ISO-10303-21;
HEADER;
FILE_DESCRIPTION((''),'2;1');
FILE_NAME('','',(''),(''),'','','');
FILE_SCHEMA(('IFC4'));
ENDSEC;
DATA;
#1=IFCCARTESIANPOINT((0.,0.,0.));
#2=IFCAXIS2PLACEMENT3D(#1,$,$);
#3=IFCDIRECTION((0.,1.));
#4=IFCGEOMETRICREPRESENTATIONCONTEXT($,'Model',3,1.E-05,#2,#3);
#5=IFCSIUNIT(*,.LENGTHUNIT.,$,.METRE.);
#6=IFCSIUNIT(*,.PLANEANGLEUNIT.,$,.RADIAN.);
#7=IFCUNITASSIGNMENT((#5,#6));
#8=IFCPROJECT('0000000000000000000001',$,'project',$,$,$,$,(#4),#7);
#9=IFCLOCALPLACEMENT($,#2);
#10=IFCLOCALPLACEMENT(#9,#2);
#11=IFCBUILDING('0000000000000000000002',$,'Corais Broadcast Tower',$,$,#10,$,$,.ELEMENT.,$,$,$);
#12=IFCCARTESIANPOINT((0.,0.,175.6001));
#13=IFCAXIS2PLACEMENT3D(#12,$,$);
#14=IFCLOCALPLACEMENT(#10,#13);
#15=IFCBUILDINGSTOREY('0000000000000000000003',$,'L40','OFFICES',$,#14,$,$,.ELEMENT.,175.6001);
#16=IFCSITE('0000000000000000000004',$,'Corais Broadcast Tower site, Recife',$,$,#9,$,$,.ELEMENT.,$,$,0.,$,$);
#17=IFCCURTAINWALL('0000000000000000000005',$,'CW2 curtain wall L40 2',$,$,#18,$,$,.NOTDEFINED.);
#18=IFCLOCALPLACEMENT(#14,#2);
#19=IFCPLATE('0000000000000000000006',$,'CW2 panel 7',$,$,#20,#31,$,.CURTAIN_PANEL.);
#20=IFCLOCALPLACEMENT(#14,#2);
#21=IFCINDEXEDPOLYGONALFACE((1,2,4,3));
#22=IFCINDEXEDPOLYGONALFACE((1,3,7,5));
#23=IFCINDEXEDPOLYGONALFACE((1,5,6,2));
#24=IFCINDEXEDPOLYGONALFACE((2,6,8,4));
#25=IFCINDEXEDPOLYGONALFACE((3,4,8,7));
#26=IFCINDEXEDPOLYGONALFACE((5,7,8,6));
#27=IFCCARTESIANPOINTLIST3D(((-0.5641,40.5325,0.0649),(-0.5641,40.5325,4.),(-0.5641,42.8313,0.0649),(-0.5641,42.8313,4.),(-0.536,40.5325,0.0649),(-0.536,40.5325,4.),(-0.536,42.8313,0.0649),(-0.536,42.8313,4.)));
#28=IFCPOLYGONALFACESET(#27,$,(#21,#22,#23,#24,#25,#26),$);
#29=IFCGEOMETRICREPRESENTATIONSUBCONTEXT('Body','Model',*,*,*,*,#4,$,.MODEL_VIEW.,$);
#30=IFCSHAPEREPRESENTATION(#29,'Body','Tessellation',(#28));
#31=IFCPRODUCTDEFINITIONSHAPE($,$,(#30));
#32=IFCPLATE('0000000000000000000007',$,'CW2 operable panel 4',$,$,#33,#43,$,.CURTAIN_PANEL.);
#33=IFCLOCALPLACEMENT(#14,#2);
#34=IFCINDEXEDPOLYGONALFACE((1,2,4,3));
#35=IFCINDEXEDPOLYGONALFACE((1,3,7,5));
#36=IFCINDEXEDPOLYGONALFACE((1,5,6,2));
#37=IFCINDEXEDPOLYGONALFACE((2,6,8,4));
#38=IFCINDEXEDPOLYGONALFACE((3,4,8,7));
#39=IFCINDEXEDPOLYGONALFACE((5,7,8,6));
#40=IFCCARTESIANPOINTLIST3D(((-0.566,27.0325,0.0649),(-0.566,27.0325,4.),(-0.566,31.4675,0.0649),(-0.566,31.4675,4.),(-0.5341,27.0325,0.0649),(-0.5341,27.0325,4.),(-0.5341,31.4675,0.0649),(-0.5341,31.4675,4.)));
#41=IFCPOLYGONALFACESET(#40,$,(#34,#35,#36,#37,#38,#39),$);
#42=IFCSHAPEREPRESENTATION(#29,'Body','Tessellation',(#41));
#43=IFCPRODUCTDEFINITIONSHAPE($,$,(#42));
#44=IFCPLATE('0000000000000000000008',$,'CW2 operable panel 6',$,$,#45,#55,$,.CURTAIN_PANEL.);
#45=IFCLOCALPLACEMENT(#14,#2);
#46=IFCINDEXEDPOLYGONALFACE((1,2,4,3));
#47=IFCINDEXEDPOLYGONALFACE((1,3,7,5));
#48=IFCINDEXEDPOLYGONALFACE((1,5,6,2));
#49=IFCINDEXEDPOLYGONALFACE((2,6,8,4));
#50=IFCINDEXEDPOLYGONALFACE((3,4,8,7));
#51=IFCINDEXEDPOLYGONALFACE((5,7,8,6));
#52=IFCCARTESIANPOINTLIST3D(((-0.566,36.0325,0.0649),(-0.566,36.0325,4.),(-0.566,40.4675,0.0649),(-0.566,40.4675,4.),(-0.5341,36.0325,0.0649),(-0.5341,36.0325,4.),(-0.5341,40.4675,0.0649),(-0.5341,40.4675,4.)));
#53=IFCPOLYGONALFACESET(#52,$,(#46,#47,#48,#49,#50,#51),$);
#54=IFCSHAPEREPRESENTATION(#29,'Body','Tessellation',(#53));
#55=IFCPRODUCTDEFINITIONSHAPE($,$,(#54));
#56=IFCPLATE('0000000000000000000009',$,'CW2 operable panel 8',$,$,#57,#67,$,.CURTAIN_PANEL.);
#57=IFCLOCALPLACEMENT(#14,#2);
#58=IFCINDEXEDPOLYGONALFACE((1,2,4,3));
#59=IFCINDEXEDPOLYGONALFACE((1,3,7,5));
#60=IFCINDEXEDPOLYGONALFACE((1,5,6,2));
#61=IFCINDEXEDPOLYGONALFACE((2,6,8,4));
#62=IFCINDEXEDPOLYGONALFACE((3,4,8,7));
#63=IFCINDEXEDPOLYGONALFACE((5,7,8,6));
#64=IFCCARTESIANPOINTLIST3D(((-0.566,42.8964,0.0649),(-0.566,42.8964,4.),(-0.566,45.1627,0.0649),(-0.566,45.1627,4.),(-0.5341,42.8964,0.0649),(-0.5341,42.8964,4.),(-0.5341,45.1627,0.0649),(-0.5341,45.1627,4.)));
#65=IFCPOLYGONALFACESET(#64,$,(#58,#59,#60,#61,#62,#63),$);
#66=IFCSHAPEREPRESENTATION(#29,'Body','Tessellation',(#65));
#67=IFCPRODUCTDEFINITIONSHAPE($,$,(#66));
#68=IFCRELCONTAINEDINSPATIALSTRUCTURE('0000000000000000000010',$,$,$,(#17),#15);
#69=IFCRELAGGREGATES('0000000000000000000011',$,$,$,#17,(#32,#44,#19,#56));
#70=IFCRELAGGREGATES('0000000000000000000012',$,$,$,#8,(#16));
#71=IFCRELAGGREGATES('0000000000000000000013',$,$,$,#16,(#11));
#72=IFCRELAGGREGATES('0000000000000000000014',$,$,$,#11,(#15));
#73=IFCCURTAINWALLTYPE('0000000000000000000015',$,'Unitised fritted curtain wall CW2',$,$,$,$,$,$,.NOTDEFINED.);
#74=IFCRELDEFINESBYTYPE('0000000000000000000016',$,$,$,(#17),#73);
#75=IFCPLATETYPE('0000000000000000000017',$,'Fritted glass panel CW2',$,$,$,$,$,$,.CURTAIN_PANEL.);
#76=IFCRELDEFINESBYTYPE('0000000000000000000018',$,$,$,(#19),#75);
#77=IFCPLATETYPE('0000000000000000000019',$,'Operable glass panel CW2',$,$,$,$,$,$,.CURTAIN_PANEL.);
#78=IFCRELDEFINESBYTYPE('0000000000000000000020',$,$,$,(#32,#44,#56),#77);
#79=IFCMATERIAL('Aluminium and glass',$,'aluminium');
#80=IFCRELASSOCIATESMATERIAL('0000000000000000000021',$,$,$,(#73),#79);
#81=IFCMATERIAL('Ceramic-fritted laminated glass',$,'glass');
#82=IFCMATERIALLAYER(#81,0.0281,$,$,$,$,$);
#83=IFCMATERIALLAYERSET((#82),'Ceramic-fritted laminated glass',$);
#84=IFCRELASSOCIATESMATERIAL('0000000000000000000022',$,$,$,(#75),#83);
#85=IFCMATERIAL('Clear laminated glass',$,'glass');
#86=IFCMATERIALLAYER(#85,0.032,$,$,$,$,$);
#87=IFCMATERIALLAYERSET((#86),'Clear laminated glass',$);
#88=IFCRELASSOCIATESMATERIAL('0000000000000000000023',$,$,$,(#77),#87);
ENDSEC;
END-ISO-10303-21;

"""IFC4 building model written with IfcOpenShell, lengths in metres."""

from ifc_helpers import new_model, si_unit, direction, frame, origin, origin_2d, place, context, subcontext, project, spatial, rectangle, extrude, material, layer, layer_set, type_object, element, aggregate, save


model = new_model("IFC4")

# Units and contexts
model_context = context("Model", 3, precision=1e-05, world=origin(), true_north=direction((0.0, 1.0)))
body_context = subcontext(model_context, "Body", "Model", "MODEL_VIEW")
ifc_project = project(units=[si_unit("LENGTHUNIT", "METRE"), si_unit("PLANEANGLEUNIT", "RADIAN")], contexts=[model_context])

# Site, building, storey
site_placement = place(None, origin())
site = spatial("IfcSite", under=ifc_project, at=site_placement, Name="Corais Broadcast Tower site, Recife", CompositionType="ELEMENT", RefElevation=0.0)
building_placement = place(site_placement, origin())
building = spatial("IfcBuilding", under=site, at=building_placement, Name="Corais Broadcast Tower", CompositionType="ELEMENT")
storey_placement = place(building_placement, frame((0.0, 0.0, 175.6001)))
storey = spatial("IfcBuildingStorey", under=building, at=storey_placement, Name="L40", Description="OFFICES", CompositionType="ELEMENT", Elevation=175.6001)

# Curtain wall
ifc_material_1 = material(Name="Aluminium and glass", Category="aluminium")
curtain_wall_type = type_object("IfcCurtainWallType", Name="Unitised fritted curtain wall CW2", PredefinedType="NOTDEFINED", material=ifc_material_1)
curtain_wall_placement = place(storey_placement, origin())
curtain_wall = element("IfcCurtainWall", 1, at=curtain_wall_placement, inside=storey, type_object=curtain_wall_type, Name="CW2 curtain wall L40 2", PredefinedType="NOTDEFINED")

# Plates
ifc_material_2 = material(Name="Ceramic-fritted laminated glass", Category="glass")
ifc_layer_1 = layer(ifc_material_2, 0.0281)
ifc_layer_set_1 = layer_set([ifc_layer_1], Name="Ceramic-fritted laminated glass")
plate_type_1 = type_object("IfcPlateType", Name="Fritted glass panel CW2", PredefinedType="CURTAIN_PANEL", material=ifc_layer_set_1)
plate_1_placement = place(storey_placement, frame((-0.55, 41.6819, 0.0649), z_axis=(0.0, 0.0, 1.0), x_axis=(0.0, 1.0, 0.0)))
plate_1 = element("IfcPlate", 2, at=plate_1_placement, type_object=plate_type_1, Name="CW2 panel 7", PredefinedType="CURTAIN_PANEL", context=body_context, shape_type="SweptSolid", body=[
    extrude(rectangle(XDim=2.2988, YDim=0.0281, at=origin_2d()), origin(), (0.0, 0.0, 1.0), 3.9351),
])
ifc_material_3 = material(Name="Clear laminated glass", Category="glass")
ifc_layer_2 = layer(ifc_material_3, 0.032)
ifc_layer_set_2 = layer_set([ifc_layer_2], Name="Clear laminated glass")
plate_type_2 = type_object("IfcPlateType", Name="Operable glass panel CW2", PredefinedType="CURTAIN_PANEL", material=ifc_layer_set_2)
plate_2_placement = place(storey_placement, frame((-0.55, 29.25, 0.0649), z_axis=(0.0, 0.0, 1.0), x_axis=(0.0, 1.0, 0.0)))
plate_2 = element("IfcPlate", 3, at=plate_2_placement, type_object=plate_type_2, Name="CW2 operable panel 4", PredefinedType="CURTAIN_PANEL", context=body_context, shape_type="SweptSolid", body=[
    extrude(rectangle(XDim=4.4351, YDim=0.032, at=origin_2d()), origin(), (0.0, 0.0, 1.0), 3.9351),
])
plate_3_placement = place(storey_placement, frame((-0.55, 38.25, 0.0649), z_axis=(0.0, 0.0, 1.0), x_axis=(0.0, 1.0, 0.0)))
plate_3 = element("IfcPlate", 4, at=plate_3_placement, type_object=plate_type_2, Name="CW2 operable panel 6", PredefinedType="CURTAIN_PANEL", context=body_context, shape_type="SweptSolid", body=[
    extrude(rectangle(XDim=4.4351, YDim=0.032, at=origin_2d()), origin(), (0.0, 0.0, 1.0), 3.9351),
])
plate_4_placement = place(storey_placement, frame((-0.55, 44.0295, 0.0649), z_axis=(0.0, 0.0, 1.0), x_axis=(0.0, 1.0, 0.0)))
plate_4 = element("IfcPlate", 5, at=plate_4_placement, type_object=plate_type_2, Name="CW2 operable panel 8", PredefinedType="CURTAIN_PANEL", context=body_context, shape_type="SweptSolid", body=[
    extrude(rectangle(XDim=2.2664, YDim=0.032, at=origin_2d()), origin(), (0.0, 0.0, 1.0), 3.9351),
])
aggregate(curtain_wall, [plate_2, plate_3, plate_1, plate_4])

save(model, "model.ifc")
